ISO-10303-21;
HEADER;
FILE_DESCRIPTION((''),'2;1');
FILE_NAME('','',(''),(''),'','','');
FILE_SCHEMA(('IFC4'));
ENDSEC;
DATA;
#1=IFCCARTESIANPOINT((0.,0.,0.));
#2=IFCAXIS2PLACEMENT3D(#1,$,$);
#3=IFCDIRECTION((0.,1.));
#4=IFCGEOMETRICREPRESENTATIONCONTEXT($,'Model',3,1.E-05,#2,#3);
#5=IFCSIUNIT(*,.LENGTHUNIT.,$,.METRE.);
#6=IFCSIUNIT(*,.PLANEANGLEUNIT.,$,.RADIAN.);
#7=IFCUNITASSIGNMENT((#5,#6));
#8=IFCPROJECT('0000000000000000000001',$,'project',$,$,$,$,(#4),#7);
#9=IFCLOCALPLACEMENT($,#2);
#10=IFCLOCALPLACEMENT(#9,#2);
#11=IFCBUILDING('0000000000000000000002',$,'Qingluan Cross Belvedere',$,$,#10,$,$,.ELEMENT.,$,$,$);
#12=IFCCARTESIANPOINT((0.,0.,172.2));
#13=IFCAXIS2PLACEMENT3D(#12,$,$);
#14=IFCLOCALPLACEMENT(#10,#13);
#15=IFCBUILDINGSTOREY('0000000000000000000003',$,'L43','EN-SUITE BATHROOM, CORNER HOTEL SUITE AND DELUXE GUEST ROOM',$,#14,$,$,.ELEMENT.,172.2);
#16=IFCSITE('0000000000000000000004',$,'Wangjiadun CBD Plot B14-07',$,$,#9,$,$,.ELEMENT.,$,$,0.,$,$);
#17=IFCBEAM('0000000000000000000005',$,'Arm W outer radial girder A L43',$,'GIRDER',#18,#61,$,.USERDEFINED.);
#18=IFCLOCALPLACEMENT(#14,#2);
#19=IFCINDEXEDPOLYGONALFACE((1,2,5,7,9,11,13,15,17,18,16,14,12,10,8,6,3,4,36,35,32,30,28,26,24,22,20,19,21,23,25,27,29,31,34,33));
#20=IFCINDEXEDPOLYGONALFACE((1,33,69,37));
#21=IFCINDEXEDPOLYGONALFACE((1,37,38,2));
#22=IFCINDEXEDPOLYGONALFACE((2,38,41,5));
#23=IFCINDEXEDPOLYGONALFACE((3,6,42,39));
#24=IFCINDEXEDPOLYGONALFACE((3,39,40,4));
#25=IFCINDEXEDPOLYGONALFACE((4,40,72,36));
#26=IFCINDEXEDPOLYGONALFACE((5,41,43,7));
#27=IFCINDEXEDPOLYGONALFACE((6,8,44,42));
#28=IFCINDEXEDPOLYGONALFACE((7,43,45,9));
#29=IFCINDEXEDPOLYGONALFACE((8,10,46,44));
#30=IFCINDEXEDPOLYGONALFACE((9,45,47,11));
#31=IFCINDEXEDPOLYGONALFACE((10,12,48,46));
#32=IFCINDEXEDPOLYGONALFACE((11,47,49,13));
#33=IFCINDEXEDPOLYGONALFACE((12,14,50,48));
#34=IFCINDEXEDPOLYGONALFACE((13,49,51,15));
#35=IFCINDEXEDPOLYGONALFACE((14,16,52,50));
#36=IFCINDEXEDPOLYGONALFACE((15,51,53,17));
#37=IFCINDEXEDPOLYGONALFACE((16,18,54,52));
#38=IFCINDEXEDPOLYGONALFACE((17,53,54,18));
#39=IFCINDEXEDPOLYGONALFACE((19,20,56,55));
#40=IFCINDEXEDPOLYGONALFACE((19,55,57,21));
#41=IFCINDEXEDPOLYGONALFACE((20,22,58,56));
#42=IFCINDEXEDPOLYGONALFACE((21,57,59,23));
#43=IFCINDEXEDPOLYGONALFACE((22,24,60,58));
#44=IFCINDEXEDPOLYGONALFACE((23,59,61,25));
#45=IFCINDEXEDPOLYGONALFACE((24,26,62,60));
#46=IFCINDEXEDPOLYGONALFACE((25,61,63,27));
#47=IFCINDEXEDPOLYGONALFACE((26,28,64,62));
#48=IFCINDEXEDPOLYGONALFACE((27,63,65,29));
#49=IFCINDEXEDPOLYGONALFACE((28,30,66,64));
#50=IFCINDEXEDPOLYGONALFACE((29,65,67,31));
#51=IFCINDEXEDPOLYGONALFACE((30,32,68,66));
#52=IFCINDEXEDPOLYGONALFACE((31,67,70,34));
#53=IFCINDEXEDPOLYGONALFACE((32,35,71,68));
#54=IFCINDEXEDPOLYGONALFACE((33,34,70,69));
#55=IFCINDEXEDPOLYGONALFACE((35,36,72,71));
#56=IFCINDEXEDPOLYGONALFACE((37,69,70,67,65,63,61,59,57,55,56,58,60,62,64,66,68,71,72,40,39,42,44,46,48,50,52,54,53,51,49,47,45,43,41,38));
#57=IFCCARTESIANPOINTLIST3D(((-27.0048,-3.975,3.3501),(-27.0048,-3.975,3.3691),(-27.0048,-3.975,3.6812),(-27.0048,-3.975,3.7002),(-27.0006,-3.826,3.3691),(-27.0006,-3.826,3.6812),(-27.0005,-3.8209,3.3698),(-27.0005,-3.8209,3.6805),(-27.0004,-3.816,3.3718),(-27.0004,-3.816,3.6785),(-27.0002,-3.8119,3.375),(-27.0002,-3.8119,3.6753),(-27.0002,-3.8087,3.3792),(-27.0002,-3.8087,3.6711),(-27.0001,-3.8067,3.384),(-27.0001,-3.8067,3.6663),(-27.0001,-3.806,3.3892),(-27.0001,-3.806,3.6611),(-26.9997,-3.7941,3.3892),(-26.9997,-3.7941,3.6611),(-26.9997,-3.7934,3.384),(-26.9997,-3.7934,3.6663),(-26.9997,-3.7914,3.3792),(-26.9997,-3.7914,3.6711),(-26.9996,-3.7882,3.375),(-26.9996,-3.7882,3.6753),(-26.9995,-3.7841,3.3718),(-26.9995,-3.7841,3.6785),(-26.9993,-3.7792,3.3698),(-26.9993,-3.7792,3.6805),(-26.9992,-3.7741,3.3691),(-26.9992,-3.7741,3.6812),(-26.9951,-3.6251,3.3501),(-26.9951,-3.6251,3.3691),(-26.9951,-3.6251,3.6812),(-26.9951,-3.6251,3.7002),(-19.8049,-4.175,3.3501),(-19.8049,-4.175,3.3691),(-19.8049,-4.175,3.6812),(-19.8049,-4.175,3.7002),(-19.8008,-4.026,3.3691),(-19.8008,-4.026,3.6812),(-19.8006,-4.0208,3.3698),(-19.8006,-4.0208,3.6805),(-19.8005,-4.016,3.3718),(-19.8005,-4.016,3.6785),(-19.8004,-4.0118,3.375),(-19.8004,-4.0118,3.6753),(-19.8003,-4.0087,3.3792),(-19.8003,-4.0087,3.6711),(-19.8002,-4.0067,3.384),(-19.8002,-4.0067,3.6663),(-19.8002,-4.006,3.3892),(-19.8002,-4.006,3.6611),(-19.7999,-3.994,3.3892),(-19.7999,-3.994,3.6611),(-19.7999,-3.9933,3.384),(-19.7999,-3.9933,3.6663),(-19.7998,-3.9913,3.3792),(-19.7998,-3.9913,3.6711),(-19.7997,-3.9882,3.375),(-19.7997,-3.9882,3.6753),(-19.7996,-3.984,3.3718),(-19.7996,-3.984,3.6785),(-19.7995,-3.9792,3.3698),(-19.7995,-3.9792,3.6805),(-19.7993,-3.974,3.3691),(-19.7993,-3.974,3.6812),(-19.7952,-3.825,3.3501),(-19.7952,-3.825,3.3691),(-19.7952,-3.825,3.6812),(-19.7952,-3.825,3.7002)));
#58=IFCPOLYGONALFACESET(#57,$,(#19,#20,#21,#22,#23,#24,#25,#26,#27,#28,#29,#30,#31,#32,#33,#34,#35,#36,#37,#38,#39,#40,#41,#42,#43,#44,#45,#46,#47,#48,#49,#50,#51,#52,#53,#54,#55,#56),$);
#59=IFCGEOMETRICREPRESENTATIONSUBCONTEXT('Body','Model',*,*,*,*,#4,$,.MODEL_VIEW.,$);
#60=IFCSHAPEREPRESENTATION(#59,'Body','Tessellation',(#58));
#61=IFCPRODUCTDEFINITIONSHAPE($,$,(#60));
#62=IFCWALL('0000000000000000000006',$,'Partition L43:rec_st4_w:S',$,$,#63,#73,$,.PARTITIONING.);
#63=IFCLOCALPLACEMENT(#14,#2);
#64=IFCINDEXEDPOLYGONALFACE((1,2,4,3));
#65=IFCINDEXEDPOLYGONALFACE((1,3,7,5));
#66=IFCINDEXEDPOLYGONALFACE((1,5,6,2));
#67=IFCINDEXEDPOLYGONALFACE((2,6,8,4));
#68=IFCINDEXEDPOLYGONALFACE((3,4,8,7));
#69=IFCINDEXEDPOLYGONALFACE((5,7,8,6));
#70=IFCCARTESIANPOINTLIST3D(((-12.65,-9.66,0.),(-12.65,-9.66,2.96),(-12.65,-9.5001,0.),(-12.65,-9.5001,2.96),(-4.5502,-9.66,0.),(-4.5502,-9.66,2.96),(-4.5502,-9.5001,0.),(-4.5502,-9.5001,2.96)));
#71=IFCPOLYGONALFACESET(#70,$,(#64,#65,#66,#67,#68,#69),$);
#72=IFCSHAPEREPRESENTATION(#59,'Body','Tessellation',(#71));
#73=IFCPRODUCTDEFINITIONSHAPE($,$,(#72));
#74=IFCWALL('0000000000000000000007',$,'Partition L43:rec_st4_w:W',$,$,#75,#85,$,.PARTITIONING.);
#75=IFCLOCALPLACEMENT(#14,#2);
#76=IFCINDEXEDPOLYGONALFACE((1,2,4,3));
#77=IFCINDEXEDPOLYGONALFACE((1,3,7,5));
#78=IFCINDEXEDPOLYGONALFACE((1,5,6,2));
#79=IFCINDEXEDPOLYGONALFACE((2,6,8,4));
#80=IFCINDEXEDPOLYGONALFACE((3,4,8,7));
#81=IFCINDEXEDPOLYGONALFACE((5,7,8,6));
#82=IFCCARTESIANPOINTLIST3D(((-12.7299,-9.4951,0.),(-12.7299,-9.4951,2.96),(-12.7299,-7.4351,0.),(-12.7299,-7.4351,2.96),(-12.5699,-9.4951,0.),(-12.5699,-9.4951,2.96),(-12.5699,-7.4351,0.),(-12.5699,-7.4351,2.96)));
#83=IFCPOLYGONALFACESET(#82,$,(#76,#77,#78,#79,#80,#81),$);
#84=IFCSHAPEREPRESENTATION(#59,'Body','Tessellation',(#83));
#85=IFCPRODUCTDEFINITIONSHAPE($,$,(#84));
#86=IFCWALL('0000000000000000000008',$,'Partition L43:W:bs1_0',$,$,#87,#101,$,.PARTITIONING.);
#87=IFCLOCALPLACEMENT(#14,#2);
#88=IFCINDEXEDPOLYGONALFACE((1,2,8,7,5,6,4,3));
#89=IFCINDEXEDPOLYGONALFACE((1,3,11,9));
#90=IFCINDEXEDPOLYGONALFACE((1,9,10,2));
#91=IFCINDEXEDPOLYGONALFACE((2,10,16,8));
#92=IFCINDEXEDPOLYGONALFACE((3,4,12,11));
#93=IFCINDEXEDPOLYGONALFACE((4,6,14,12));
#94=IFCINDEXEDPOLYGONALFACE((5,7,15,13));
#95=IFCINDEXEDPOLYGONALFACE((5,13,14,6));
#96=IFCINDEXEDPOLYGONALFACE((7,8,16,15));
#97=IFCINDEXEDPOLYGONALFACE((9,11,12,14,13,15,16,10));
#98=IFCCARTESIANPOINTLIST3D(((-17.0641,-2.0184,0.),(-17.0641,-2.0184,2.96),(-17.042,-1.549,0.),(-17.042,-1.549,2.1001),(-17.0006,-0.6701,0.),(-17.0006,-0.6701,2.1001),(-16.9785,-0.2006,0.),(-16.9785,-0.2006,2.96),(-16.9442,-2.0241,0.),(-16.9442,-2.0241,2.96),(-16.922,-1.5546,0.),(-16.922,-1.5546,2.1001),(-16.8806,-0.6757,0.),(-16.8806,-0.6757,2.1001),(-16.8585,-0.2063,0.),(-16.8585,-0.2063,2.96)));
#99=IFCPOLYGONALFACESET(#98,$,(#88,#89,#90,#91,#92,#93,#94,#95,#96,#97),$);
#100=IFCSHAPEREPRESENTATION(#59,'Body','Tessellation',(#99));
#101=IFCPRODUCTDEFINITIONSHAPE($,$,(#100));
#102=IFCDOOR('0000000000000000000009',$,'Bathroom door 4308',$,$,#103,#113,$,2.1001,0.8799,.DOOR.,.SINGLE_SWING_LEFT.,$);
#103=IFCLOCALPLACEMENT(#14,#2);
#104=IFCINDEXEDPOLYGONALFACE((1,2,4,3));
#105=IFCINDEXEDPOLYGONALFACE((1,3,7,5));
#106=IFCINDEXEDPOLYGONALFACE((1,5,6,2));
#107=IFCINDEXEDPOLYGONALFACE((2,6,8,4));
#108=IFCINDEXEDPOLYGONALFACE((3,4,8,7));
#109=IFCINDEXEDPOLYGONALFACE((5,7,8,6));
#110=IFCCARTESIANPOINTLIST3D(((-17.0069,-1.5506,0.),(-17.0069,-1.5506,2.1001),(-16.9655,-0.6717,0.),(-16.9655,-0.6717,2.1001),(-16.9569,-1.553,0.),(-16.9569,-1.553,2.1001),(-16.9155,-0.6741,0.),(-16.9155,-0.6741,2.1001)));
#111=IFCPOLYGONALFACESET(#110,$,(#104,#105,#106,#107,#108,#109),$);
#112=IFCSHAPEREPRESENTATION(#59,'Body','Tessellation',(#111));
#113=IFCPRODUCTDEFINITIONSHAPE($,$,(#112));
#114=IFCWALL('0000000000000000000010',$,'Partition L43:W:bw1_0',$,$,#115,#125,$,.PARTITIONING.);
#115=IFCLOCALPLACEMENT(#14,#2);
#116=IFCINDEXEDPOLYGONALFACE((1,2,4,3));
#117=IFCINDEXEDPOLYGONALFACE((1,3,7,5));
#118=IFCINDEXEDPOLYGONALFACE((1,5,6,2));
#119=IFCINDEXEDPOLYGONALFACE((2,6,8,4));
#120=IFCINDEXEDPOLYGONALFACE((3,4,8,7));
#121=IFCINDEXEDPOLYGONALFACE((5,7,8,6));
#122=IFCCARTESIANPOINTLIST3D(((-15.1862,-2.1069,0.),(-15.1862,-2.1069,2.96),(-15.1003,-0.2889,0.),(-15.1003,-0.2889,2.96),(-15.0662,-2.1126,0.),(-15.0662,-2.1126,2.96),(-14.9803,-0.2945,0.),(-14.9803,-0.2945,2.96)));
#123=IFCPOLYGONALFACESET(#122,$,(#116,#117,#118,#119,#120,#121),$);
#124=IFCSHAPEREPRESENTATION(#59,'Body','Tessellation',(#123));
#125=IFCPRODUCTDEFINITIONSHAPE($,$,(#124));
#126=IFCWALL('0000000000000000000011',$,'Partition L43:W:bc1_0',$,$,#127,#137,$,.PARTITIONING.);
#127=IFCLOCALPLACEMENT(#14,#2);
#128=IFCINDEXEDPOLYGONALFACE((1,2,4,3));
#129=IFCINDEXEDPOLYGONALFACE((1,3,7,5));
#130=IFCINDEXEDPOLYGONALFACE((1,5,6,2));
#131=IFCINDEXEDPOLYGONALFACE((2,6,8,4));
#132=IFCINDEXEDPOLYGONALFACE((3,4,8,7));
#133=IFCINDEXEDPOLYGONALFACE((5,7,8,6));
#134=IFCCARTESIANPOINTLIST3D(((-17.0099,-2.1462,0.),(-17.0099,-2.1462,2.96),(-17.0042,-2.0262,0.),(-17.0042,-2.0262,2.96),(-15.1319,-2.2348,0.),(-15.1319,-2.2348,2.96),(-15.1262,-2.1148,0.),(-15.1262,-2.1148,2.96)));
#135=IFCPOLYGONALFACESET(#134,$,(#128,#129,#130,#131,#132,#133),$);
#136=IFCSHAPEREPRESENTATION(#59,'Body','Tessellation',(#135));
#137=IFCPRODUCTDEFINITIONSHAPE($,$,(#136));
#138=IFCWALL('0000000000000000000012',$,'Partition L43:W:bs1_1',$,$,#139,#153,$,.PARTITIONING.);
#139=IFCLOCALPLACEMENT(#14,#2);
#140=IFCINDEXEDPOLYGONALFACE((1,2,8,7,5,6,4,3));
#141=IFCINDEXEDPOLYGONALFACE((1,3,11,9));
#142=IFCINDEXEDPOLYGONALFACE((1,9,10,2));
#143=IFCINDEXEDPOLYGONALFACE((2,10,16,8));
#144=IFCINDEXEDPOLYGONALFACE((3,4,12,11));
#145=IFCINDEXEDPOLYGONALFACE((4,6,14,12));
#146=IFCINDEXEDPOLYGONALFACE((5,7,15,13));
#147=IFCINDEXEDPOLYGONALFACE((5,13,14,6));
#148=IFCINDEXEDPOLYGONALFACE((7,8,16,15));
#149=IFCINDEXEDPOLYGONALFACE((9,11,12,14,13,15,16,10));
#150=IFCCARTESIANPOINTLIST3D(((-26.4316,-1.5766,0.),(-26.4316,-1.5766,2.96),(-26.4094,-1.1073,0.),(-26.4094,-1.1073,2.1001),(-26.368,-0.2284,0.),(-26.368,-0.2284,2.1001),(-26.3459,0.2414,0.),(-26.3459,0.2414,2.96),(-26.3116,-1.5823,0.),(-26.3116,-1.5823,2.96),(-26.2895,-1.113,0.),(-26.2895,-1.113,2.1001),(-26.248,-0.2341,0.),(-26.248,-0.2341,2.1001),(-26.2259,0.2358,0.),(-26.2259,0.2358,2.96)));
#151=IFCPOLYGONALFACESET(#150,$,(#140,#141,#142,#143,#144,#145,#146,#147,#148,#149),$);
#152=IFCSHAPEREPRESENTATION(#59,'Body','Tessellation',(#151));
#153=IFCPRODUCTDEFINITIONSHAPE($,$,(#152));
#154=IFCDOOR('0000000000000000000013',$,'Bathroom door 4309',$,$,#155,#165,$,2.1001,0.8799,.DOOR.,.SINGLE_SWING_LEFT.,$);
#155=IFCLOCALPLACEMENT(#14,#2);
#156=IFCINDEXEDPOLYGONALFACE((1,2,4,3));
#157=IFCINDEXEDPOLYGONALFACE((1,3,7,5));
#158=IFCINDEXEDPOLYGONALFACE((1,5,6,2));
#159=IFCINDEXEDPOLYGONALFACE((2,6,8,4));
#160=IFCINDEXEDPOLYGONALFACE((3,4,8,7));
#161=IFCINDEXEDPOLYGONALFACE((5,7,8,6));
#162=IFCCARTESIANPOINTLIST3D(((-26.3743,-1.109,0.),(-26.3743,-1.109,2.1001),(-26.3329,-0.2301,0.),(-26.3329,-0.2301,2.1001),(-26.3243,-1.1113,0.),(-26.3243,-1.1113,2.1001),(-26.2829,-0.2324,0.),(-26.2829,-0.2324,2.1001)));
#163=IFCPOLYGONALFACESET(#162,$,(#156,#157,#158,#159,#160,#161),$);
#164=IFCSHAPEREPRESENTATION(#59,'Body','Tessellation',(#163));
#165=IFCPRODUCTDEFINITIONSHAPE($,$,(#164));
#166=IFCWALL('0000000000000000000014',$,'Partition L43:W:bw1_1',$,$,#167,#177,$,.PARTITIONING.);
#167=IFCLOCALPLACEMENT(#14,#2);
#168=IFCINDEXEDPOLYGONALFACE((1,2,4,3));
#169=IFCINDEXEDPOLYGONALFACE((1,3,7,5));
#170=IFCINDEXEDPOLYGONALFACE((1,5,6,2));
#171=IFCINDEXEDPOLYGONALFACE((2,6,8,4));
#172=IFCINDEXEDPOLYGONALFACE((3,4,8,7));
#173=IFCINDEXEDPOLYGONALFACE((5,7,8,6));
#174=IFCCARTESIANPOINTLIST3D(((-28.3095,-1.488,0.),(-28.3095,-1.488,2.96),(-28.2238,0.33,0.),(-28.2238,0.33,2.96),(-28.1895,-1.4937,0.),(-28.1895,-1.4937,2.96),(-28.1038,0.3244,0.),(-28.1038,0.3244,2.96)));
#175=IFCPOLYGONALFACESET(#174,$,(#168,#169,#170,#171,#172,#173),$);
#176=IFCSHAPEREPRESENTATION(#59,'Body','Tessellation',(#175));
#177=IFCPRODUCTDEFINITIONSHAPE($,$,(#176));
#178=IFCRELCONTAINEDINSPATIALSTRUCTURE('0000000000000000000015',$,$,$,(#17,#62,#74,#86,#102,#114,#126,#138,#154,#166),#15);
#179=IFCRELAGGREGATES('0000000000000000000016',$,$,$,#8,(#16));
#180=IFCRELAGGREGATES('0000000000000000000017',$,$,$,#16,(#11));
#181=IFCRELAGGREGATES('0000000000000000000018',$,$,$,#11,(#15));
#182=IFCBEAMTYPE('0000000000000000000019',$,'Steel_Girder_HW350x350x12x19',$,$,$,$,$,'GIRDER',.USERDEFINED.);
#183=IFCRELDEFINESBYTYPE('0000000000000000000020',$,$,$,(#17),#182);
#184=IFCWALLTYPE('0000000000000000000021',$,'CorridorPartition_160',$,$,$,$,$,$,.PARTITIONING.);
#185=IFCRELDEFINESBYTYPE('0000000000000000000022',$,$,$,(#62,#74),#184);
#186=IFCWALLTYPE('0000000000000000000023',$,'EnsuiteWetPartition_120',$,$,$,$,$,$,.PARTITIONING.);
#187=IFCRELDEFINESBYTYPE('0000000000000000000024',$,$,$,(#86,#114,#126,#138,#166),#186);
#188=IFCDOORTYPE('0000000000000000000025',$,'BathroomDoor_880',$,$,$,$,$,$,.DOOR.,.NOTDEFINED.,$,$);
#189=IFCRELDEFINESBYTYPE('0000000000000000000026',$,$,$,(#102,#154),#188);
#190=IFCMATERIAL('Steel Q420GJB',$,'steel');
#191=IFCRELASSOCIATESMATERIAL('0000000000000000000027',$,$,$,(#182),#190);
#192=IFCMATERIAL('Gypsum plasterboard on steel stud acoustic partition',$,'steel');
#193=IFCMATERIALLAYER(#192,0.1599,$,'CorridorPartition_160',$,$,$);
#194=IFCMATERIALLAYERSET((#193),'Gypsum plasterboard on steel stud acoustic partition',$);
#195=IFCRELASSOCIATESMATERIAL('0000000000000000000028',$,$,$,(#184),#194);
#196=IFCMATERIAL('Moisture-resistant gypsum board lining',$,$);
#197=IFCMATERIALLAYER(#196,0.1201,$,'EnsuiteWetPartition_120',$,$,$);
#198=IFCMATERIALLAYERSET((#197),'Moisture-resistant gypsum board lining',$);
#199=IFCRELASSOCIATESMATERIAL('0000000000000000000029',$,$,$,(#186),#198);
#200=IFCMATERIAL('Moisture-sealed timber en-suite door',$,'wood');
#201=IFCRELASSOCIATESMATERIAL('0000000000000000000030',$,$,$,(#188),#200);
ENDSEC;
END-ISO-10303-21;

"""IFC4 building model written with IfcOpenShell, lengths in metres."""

from ifc_helpers import new_model, si_unit, direction, frame, frame_2d, origin, origin_2d, place, context, subcontext, project, spatial, rectangle, i_section, extrude, material, layer, layer_set, material_profile, profile_set, type_object, element, fill, save


model = new_model("IFC4")

# Units and contexts
model_context = context("Model", 3, precision=1e-05, world=origin(), true_north=direction((0.0, 1.0)))
body_context = subcontext(model_context, "Body", "Model", "MODEL_VIEW")
ifc_project = project(units=[si_unit("LENGTHUNIT", "METRE"), si_unit("PLANEANGLEUNIT", "RADIAN")], contexts=[model_context])

# Site, building, storey
site_placement = place(None, origin())
site = spatial("IfcSite", under=ifc_project, at=site_placement, Name="Wangjiadun CBD Plot B14-07", CompositionType="ELEMENT", RefElevation=0.0)
building_placement = place(site_placement, origin())
building = spatial("IfcBuilding", under=site, at=building_placement, Name="Qingluan Cross Belvedere", CompositionType="ELEMENT")
storey_placement = place(building_placement, frame((0.0, 0.0, 172.2)))
storey = spatial("IfcBuildingStorey", under=building, at=storey_placement, Name="L43", Description="EN-SUITE BATHROOM, CORNER HOTEL SUITE AND DELUXE GUEST ROOM", CompositionType="ELEMENT", Elevation=172.2)

# Beam
ifc_material_1 = material(Name="Steel Q420GJB", Category="steel")
ifc_material_profile_1 = material_profile(ifc_material_1, i_section(OverallWidth=0.3501, OverallDepth=0.3501, WebThickness=0.012, FlangeThickness=0.019, FilletRadius=0.02, at=origin_2d()), Name="HW350x350x12x19")
ifc_profile_set_1 = profile_set([ifc_material_profile_1], Name="Steel Q420GJB")
beam_type_1 = type_object("IfcBeamType", Name="Steel_Girder_HW350x350x12x19", ElementType="GIRDER", PredefinedType="USERDEFINED", material=ifc_profile_set_1)
beam_1_placement = place(storey_placement, frame((-19.8, -4.0, 3.5251), z_axis=(-0.999615, 0.02776, 0.0), x_axis=(-0.02776, -0.999615, 0.0)))
element("IfcBeam", 1, at=beam_1_placement, inside=storey, type_object=beam_type_1, Name="Arm W outer radial girder A L43", ObjectType="GIRDER", PredefinedType="USERDEFINED", context=body_context, shape_type="SweptSolid", body=[
    extrude(i_section(OverallWidth=0.3501, OverallDepth=0.3501, WebThickness=0.012, FlangeThickness=0.019, FilletRadius=0.02, at=origin_2d()), origin(), (0.0, 0.0, 1.0), 7.2026),
])

# Walls
ifc_material_2 = material(Name="Gypsum plasterboard on steel stud acoustic partition", Category="steel")
ifc_layer_1 = layer(ifc_material_2, 0.1599, Name="CorridorPartition_160")
ifc_layer_set_1 = layer_set([ifc_layer_1], Name="Gypsum plasterboard on steel stud acoustic partition")
wall_type_1 = type_object("IfcWallType", Name="CorridorPartition_160", PredefinedType="PARTITIONING", material=ifc_layer_set_1)
wall_1_placement = place(storey_placement, frame((-12.6499, -9.5801, 0.0), z_axis=(0.0, 0.0, 1.0), x_axis=(1.0, 0.0, 0.0)))
element("IfcWall", 2, at=wall_1_placement, inside=storey, type_object=wall_type_1, Name="Partition L43:rec_st4_w:S", PredefinedType="PARTITIONING", context=body_context, shape_type="SweptSolid", body=[
    extrude(rectangle(XDim=8.0999, YDim=0.1599, at=frame_2d((4.0498, 0.0))), origin(), (0.0, 0.0, 1.0), 2.96),
])
wall_2_placement = place(storey_placement, frame((-12.6499, -9.4951, 0.0), z_axis=(0.0, 0.0, 1.0), x_axis=(0.0, 1.0, 0.0)))
element("IfcWall", 3, at=wall_2_placement, inside=storey, type_object=wall_type_1, Name="Partition L43:rec_st4_w:W", PredefinedType="PARTITIONING", context=body_context, shape_type="SweptSolid", body=[
    extrude(rectangle(XDim=2.0601, YDim=0.1599, at=frame_2d((1.03, 0.0))), origin(), (0.0, 0.0, 1.0), 2.96),
])

# Wall, opening, door
ifc_material_3 = material(Name="Moisture-resistant gypsum board lining")
ifc_layer_2 = layer(ifc_material_3, 0.1201, Name="EnsuiteWetPartition_120")
ifc_layer_set_2 = layer_set([ifc_layer_2], Name="Moisture-resistant gypsum board lining")
wall_type_2 = type_object("IfcWallType", Name="EnsuiteWetPartition_120", PredefinedType="PARTITIONING", material=ifc_layer_set_2)
wall_3_placement = place(storey_placement, frame((-17.0042, -2.0212, 0.0), z_axis=(0.0, 0.0, 1.0), x_axis=(0.047087, 0.998891, 0.0)))
wall_3 = element("IfcWall", 4, at=wall_3_placement, inside=storey, type_object=wall_type_2, Name="Partition L43:W:bs1_0", PredefinedType="PARTITIONING", context=body_context, shape_type="SweptSolid", body=[
    extrude(rectangle(XDim=1.8198, YDim=0.1201, at=frame_2d((0.9099, 0.0))), origin(), (0.0, 0.0, 1.0), 2.96),
])
opening_1_placement = place(wall_3_placement, frame((0.47, 0.0, 0.0)))
opening_1 = element("IfcOpeningElement", 5, at=opening_1_placement, cuts=wall_3, PredefinedType="OPENING", context=body_context, shape_type="SweptSolid", body=[
    extrude(rectangle(XDim=0.8799, YDim=2.1001, at=frame_2d((0.4399, 1.05))), frame((0.0, 0.0701, 0.0), z_axis=(0.0, -1.0, 0.0), x_axis=(1.0, 0.0, 0.0)), (0.0, 0.0, 1.0), 0.1401),
])
ifc_material_4 = material(Name="Moisture-sealed timber en-suite door", Category="wood")
door_type = type_object("IfcDoorType", Name="BathroomDoor_880", OperationType="NOTDEFINED", PredefinedType="DOOR", material=ifc_material_4)
door_1_placement = place(opening_1_placement, origin())
door_1 = element("IfcDoor", 6, at=door_1_placement, inside=storey, type_object=door_type, Name="Bathroom door 4308", OperationType="SINGLE_SWING_LEFT", OverallHeight=2.1001, OverallWidth=0.8799, PredefinedType="DOOR", context=body_context, shape_type="SweptSolid", body=[
    extrude(rectangle(XDim=0.8799, YDim=2.1001, at=frame_2d((0.4399, 1.05))), frame((0.0, 0.0249, 0.0), z_axis=(0.0, -1.0, 0.0), x_axis=(1.0, 0.0, 0.0)), (0.0, 0.0, 1.0), 0.05),
])
fill(opening_1, door_1)

# Walls
wall_4_placement = place(storey_placement, frame((-15.1262, -2.1099, 0.0), z_axis=(0.0, 0.0, 1.0), x_axis=(0.047215, 0.998885, 0.0)))
element("IfcWall", 7, at=wall_4_placement, inside=storey, type_object=wall_type_2, Name="Partition L43:W:bw1_0", PredefinedType="PARTITIONING", context=body_context, shape_type="SweptSolid", body=[
    extrude(rectangle(XDim=1.8201, YDim=0.1201, at=frame_2d((0.9102, 0.0))), origin(), (0.0, 0.0, 1.0), 2.96),
])
wall_5_placement = place(storey_placement, frame((-15.1292, -2.1748, 0.0), z_axis=(0.0, 0.0, 1.0), x_axis=(-0.998888, 0.047139, 0.0)))
element("IfcWall", 8, at=wall_5_placement, inside=storey, type_object=wall_type_2, Name="Partition L43:W:bc1_0", PredefinedType="PARTITIONING", context=body_context, shape_type="SweptSolid", body=[
    extrude(rectangle(XDim=1.8801, YDim=0.1201, at=frame_2d((0.9399, 0.0))), origin(), (0.0, 0.0, 1.0), 2.96),
])

# Wall, opening, door
wall_6_placement = place(storey_placement, frame((-26.3716, -1.5796, 0.0), z_axis=(0.0, 0.0, 1.0), x_axis=(0.047081, 0.998891, 0.0)))
wall_6 = element("IfcWall", 9, at=wall_6_placement, inside=storey, type_object=wall_type_2, Name="Partition L43:W:bs1_1", PredefinedType="PARTITIONING", context=body_context, shape_type="SweptSolid", body=[
    extrude(rectangle(XDim=1.8201, YDim=0.1201, at=frame_2d((0.9102, 0.0))), origin(), (0.0, 0.0, 1.0), 2.96),
])
opening_2_placement = place(wall_6_placement, frame((0.47, 0.0, 0.0)))
opening_2 = element("IfcOpeningElement", 10, at=opening_2_placement, cuts=wall_6, PredefinedType="OPENING", context=body_context, shape_type="SweptSolid", body=[
    extrude(rectangle(XDim=0.8799, YDim=2.1001, at=frame_2d((0.4399, 1.05))), frame((0.0, 0.0701, 0.0), z_axis=(0.0, -1.0, 0.0), x_axis=(1.0, 0.0, 0.0)), (0.0, 0.0, 1.0), 0.1401),
])
door_2_placement = place(opening_2_placement, origin())
door_2 = element("IfcDoor", 11, at=door_2_placement, inside=storey, type_object=door_type, Name="Bathroom door 4309", OperationType="SINGLE_SWING_LEFT", OverallHeight=2.1001, OverallWidth=0.8799, PredefinedType="DOOR", context=body_context, shape_type="SweptSolid", body=[
    extrude(rectangle(XDim=0.8799, YDim=2.1001, at=frame_2d((0.4399, 1.05))), frame((0.0, 0.0249, 0.0), z_axis=(0.0, -1.0, 0.0), x_axis=(1.0, 0.0, 0.0)), (0.0, 0.0, 1.0), 0.05),
])
fill(opening_2, door_2)

# Wall
wall_7_placement = place(storey_placement, frame((-28.2495, -1.491, 0.0), z_axis=(0.0, 0.0, 1.0), x_axis=(0.047081, 0.998891, 0.0)))
element("IfcWall", 12, at=wall_7_placement, inside=storey, type_object=wall_type_2, Name="Partition L43:W:bw1_1", PredefinedType="PARTITIONING", context=body_context, shape_type="SweptSolid", body=[
    extrude(rectangle(XDim=1.8201, YDim=0.1201, at=frame_2d((0.9102, 0.0))), origin(), (0.0, 0.0, 1.0), 2.96),
])

save(model, "model.ifc")
